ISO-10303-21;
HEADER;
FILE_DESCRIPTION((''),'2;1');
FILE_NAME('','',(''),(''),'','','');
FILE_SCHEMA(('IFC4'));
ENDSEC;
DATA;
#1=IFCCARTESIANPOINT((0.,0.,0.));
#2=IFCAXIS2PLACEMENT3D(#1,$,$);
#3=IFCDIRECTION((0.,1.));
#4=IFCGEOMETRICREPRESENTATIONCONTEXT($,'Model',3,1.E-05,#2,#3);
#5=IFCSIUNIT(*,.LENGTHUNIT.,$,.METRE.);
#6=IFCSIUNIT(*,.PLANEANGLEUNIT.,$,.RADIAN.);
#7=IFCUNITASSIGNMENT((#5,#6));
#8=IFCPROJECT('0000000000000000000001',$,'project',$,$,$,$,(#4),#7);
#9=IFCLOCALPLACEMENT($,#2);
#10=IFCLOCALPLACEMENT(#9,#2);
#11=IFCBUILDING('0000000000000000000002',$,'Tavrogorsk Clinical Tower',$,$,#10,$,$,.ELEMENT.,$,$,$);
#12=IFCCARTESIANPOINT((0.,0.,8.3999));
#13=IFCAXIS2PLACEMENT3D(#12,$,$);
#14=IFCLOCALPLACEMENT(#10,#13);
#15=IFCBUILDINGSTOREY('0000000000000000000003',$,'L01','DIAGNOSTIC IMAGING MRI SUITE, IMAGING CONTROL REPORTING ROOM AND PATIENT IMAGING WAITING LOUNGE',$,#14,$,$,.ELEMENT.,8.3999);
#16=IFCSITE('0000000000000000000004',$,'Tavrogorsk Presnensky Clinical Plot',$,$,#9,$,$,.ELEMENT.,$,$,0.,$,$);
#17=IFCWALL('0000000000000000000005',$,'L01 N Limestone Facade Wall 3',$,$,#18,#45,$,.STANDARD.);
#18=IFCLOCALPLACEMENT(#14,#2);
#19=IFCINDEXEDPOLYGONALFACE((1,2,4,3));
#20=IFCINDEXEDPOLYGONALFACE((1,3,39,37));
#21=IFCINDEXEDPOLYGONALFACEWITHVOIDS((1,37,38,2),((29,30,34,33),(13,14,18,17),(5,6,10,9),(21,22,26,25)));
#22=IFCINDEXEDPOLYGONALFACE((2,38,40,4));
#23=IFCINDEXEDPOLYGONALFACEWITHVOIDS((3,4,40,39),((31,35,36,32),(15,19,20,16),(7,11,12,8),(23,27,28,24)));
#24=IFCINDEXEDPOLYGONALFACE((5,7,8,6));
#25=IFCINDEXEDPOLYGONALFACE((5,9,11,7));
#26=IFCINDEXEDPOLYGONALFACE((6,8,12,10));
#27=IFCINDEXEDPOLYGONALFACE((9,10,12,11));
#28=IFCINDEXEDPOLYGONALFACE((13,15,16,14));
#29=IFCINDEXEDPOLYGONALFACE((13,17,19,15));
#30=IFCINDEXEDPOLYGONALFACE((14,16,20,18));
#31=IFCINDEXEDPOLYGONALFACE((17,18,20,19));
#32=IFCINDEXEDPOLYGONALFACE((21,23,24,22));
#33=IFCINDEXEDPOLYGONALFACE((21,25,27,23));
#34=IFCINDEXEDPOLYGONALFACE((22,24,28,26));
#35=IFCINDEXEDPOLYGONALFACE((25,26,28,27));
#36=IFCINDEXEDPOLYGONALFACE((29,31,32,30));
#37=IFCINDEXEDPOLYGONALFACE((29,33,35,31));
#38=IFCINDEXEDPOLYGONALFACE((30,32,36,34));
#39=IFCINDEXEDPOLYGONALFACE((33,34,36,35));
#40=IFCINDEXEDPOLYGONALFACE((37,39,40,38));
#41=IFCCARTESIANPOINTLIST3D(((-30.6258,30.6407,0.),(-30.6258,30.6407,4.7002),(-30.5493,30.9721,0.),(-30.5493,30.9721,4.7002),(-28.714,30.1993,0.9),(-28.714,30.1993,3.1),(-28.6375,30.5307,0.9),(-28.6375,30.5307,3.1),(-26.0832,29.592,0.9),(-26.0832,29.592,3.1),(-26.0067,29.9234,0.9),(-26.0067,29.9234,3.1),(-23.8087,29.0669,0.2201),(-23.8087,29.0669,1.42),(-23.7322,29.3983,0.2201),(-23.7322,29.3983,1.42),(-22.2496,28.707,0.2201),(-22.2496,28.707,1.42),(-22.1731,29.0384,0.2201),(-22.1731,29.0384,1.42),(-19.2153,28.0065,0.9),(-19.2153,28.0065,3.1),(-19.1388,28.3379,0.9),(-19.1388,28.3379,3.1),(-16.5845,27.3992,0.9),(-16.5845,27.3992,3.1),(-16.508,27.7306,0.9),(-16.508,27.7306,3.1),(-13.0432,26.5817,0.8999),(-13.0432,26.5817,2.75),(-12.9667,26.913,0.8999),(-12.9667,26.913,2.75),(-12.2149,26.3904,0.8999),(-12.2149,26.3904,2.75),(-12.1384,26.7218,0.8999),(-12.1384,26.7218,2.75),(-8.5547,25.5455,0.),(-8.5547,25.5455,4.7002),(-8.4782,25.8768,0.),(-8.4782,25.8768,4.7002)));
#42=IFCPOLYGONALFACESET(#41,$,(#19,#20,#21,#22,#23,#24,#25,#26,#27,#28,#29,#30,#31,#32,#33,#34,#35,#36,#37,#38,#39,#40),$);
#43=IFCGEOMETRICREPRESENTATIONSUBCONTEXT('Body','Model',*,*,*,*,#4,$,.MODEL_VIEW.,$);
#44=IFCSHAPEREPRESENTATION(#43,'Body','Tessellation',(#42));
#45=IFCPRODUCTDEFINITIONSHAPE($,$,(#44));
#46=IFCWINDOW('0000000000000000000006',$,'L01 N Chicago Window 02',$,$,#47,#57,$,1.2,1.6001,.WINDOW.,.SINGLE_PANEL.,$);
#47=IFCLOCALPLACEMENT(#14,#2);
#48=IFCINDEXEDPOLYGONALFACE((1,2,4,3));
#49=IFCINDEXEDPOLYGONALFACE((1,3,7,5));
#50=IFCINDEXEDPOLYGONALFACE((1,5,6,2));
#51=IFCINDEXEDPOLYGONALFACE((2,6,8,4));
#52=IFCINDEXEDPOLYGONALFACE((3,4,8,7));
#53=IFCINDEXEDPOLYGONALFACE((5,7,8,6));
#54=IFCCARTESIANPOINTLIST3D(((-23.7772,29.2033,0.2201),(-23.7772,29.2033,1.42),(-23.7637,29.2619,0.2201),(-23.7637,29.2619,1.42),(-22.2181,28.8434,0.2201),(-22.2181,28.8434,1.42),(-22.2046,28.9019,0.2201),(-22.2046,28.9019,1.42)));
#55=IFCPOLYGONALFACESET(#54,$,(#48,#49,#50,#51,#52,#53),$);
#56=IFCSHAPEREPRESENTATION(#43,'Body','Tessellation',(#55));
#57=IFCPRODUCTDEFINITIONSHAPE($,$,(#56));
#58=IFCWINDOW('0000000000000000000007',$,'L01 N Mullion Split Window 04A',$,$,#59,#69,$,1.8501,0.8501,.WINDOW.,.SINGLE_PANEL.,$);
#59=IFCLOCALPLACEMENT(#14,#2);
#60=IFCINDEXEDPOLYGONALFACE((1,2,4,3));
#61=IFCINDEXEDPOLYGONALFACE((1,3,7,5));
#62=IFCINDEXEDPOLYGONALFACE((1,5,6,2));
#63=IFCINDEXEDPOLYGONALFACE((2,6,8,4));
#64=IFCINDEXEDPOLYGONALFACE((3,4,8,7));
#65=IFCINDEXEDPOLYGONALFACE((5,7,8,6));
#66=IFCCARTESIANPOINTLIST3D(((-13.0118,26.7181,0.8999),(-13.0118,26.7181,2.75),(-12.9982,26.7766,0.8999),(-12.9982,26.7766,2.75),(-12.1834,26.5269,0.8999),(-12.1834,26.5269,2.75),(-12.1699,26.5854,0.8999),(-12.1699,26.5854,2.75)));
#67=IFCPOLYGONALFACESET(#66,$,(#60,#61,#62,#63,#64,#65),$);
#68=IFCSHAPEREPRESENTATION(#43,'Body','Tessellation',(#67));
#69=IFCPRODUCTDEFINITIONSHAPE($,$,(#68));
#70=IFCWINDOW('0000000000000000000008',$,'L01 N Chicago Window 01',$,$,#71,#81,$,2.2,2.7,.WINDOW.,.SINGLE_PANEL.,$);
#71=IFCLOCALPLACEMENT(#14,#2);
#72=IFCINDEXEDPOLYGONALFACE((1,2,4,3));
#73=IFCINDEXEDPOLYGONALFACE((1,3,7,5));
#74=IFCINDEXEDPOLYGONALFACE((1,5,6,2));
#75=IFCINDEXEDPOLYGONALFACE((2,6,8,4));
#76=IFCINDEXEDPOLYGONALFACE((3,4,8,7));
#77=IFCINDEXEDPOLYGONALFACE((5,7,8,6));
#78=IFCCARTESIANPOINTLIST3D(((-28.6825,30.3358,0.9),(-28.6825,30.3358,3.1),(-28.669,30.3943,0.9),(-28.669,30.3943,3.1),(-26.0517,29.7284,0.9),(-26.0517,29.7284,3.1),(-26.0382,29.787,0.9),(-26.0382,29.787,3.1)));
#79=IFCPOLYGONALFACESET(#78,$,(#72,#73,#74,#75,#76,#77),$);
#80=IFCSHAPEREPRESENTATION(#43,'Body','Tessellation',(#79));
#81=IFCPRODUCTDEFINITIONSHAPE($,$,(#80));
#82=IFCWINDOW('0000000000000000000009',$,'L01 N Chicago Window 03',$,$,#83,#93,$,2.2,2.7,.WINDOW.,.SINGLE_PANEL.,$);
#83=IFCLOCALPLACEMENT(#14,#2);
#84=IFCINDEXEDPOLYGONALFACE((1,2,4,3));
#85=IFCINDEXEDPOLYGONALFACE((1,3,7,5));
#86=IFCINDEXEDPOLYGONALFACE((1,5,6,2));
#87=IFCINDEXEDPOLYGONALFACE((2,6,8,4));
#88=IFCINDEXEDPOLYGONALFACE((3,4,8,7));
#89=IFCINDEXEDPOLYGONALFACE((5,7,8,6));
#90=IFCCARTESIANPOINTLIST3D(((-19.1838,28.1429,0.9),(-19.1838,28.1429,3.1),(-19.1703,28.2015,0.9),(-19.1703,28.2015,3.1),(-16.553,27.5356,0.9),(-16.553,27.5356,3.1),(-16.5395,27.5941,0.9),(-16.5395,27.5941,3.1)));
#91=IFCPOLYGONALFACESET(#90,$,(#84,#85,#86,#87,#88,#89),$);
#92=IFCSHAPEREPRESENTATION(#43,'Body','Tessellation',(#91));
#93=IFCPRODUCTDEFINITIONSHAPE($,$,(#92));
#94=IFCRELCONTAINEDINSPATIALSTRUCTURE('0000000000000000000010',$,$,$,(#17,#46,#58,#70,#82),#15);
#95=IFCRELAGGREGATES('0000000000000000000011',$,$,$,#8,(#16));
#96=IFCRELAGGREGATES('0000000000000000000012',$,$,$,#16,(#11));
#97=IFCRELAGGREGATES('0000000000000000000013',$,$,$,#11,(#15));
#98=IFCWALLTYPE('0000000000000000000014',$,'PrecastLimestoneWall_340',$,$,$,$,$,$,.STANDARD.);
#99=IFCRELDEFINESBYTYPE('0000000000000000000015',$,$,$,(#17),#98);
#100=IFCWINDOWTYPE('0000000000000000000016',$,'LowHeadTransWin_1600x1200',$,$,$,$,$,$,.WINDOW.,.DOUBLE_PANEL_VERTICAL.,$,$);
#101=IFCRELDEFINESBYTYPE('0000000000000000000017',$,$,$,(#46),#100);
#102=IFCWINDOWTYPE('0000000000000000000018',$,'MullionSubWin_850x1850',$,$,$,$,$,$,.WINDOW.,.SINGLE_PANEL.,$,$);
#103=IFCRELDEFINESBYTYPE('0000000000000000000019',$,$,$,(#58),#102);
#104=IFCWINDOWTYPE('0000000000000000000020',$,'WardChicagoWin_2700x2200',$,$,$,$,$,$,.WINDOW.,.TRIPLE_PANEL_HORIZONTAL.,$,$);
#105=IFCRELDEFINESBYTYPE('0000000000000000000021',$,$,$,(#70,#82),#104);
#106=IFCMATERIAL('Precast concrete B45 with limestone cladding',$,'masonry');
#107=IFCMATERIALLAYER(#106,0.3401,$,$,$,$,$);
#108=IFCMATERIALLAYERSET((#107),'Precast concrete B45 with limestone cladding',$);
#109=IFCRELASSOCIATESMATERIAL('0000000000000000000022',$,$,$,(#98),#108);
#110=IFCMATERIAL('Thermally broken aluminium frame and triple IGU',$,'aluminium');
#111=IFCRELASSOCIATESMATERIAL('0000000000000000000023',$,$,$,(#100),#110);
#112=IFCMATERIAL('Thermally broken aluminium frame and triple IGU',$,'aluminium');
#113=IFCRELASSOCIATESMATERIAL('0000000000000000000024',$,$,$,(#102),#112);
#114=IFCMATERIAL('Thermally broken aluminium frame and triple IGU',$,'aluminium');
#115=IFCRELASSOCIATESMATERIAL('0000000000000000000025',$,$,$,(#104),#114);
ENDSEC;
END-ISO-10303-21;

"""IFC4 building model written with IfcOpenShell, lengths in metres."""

from ifc_helpers import new_model, si_unit, direction, frame, frame_2d, origin, place, context, subcontext, project, spatial, rectangle, extrude, material, layer, layer_set, type_object, element, fill, save


model = new_model("IFC4")

# Units and contexts
model_context = context("Model", 3, precision=1e-05, world=origin(), true_north=direction((0.0, 1.0)))
body_context = subcontext(model_context, "Body", "Model", "MODEL_VIEW")
ifc_project = project(units=[si_unit("LENGTHUNIT", "METRE"), si_unit("PLANEANGLEUNIT", "RADIAN")], contexts=[model_context])

# Site, building, storey
site_placement = place(None, origin())
site = spatial("IfcSite", under=ifc_project, at=site_placement, Name="Tavrogorsk Presnensky Clinical Plot", CompositionType="ELEMENT", RefElevation=0.0)
building_placement = place(site_placement, origin())
building = spatial("IfcBuilding", under=site, at=building_placement, Name="Tavrogorsk Clinical Tower", CompositionType="ELEMENT")
storey_placement = place(building_placement, frame((0.0, 0.0, 8.3999)))
storey = spatial("IfcBuildingStorey", under=building, at=storey_placement, Name="L01", Description="DIAGNOSTIC IMAGING MRI SUITE, IMAGING CONTROL REPORTING ROOM AND PATIENT IMAGING WAITING LOUNGE", CompositionType="ELEMENT", Elevation=8.3999)

# Wall, openings, windows
ifc_material_1 = material(Name="Precast concrete B45 with limestone cladding", Category="masonry")
ifc_layer_1 = layer(ifc_material_1, 0.3401)
ifc_layer_set_1 = layer_set([ifc_layer_1], Name="Precast concrete B45 with limestone cladding")
wall_type_1 = type_object("IfcWallType", Name="PrecastLimestoneWall_340", PredefinedType="STANDARD", material=ifc_layer_set_1)
wall_1_placement = place(storey_placement, frame((-8.5166, 25.7112, 0.0), z_axis=(0.0, 0.0, 1.0), x_axis=(-0.974373, 0.224939, 0.0)))
wall_1 = element("IfcWall", 1, at=wall_1_placement, inside=storey, type_object=wall_type_1, Name="L01 N Limestone Facade Wall 3", PredefinedType="STANDARD", context=body_context, shape_type="SweptSolid", body=[
    extrude(rectangle(XDim=22.6516, YDim=0.3401, at=frame_2d((11.3257, 0.0))), origin(), (0.0, 0.0, 1.0), 4.7002),
])
opening_1_placement = place(wall_1_placement, frame((17.9893, 0.0, 0.8999)))
opening_1 = element("IfcOpeningElement", 2, at=opening_1_placement, cuts=wall_1, PredefinedType="OPENING", context=body_context, shape_type="SweptSolid", body=[
    extrude(rectangle(XDim=2.7, YDim=2.2, at=frame_2d((1.3501, 1.1001))), frame((0.0, 0.1799, 0.0), z_axis=(0.0, -1.0, 0.0), x_axis=(1.0, 0.0, 0.0)), (0.0, 0.0, 1.0), 0.3601),
])
opening_2_placement = place(wall_1_placement, frame((14.0549, 0.0, 0.22)))
opening_2 = element("IfcOpeningElement", 3, at=opening_2_placement, cuts=wall_1, PredefinedType="OPENING", context=body_context, shape_type="SweptSolid", body=[
    extrude(rectangle(XDim=1.6001, YDim=1.2, at=frame_2d((0.8, 0.6001))), frame((0.0, 0.1799, 0.0), z_axis=(0.0, -1.0, 0.0), x_axis=(1.0, 0.0, 0.0)), (0.0, 0.0, 1.0), 0.3601),
])
opening_3_placement = place(wall_1_placement, frame((8.2407, 0.0, 0.8999)))
opening_3 = element("IfcOpeningElement", 4, at=opening_3_placement, cuts=wall_1, PredefinedType="OPENING", context=body_context, shape_type="SweptSolid", body=[
    extrude(rectangle(XDim=2.7, YDim=2.2, at=frame_2d((1.3501, 1.1001))), frame((0.0, 0.1799, 0.0), z_axis=(0.0, -1.0, 0.0), x_axis=(1.0, 0.0, 0.0)), (0.0, 0.0, 1.0), 0.3601),
])
opening_4_placement = place(wall_1_placement, frame((3.7563, 0.0, 0.8999)))
opening_4 = element("IfcOpeningElement", 5, at=opening_4_placement, cuts=wall_1, PredefinedType="OPENING", context=body_context, shape_type="SweptSolid", body=[
    extrude(rectangle(XDim=0.8501, YDim=1.8501, at=frame_2d((0.425, 0.925))), frame((0.0, 0.1799, 0.0), z_axis=(0.0, -1.0, 0.0), x_axis=(1.0, 0.0, 0.0)), (0.0, 0.0, 1.0), 0.3601),
])
ifc_material_2 = material(Name="Thermally broken aluminium frame and triple IGU", Category="aluminium")
window_type_1 = type_object("IfcWindowType", Name="LowHeadTransWin_1600x1200", PartitioningType="DOUBLE_PANEL_VERTICAL", PredefinedType="WINDOW", material=ifc_material_2)
window_1_placement = place(opening_2_placement, origin())
window_1 = element("IfcWindow", 6, at=window_1_placement, inside=storey, type_object=window_type_1, Name="L01 N Chicago Window 02", OverallHeight=1.2, OverallWidth=1.6001, PartitioningType="SINGLE_PANEL", PredefinedType="WINDOW", context=body_context, shape_type="SweptSolid", body=[
    extrude(rectangle(XDim=1.6001, YDim=1.2, at=frame_2d((0.8, 0.6001))), frame((0.0, 0.03, 0.0), z_axis=(0.0, -1.0, 0.0), x_axis=(1.0, 0.0, 0.0)), (0.0, 0.0, 1.0), 0.0601),
])
fill(opening_2, window_1)
ifc_material_3 = material(Name="Thermally broken aluminium frame and triple IGU", Category="aluminium")
window_type_2 = type_object("IfcWindowType", Name="MullionSubWin_850x1850", PartitioningType="SINGLE_PANEL", PredefinedType="WINDOW", material=ifc_material_3)
window_2_placement = place(opening_4_placement, origin())
window_2 = element("IfcWindow", 7, at=window_2_placement, inside=storey, type_object=window_type_2, Name="L01 N Mullion Split Window 04A", OverallHeight=1.8501, OverallWidth=0.8501, PartitioningType="SINGLE_PANEL", PredefinedType="WINDOW", context=body_context, shape_type="SweptSolid", body=[
    extrude(rectangle(XDim=0.8501, YDim=1.8501, at=frame_2d((0.425, 0.925))), frame((0.0, 0.03, 0.0), z_axis=(0.0, -1.0, 0.0), x_axis=(1.0, 0.0, 0.0)), (0.0, 0.0, 1.0), 0.0601),
])
fill(opening_4, window_2)
ifc_material_4 = material(Name="Thermally broken aluminium frame and triple IGU", Category="aluminium")
window_type_3 = type_object("IfcWindowType", Name="WardChicagoWin_2700x2200", PartitioningType="TRIPLE_PANEL_HORIZONTAL", PredefinedType="WINDOW", material=ifc_material_4)
window_3_placement = place(opening_1_placement, origin())
window_3 = element("IfcWindow", 8, at=window_3_placement, inside=storey, type_object=window_type_3, Name="L01 N Chicago Window 01", OverallHeight=2.2, OverallWidth=2.7, PartitioningType="SINGLE_PANEL", PredefinedType="WINDOW", context=body_context, shape_type="SweptSolid", body=[
    extrude(rectangle(XDim=2.7, YDim=2.2, at=frame_2d((1.3501, 1.1001))), frame((0.0, 0.03, 0.0), z_axis=(0.0, -1.0, 0.0), x_axis=(1.0, 0.0, 0.0)), (0.0, 0.0, 1.0), 0.0601),
])
fill(opening_1, window_3)
window_4_placement = place(opening_3_placement, origin())
window_4 = element("IfcWindow", 9, at=window_4_placement, inside=storey, type_object=window_type_3, Name="L01 N Chicago Window 03", OverallHeight=2.2, OverallWidth=2.7, PartitioningType="SINGLE_PANEL", PredefinedType="WINDOW", context=body_context, shape_type="SweptSolid", body=[
    extrude(rectangle(XDim=2.7, YDim=2.2, at=frame_2d((1.3501, 1.1001))), frame((0.0, 0.03, 0.0), z_axis=(0.0, -1.0, 0.0), x_axis=(1.0, 0.0, 0.0)), (0.0, 0.0, 1.0), 0.0601),
])
fill(opening_3, window_4)

save(model, "model.ifc")
